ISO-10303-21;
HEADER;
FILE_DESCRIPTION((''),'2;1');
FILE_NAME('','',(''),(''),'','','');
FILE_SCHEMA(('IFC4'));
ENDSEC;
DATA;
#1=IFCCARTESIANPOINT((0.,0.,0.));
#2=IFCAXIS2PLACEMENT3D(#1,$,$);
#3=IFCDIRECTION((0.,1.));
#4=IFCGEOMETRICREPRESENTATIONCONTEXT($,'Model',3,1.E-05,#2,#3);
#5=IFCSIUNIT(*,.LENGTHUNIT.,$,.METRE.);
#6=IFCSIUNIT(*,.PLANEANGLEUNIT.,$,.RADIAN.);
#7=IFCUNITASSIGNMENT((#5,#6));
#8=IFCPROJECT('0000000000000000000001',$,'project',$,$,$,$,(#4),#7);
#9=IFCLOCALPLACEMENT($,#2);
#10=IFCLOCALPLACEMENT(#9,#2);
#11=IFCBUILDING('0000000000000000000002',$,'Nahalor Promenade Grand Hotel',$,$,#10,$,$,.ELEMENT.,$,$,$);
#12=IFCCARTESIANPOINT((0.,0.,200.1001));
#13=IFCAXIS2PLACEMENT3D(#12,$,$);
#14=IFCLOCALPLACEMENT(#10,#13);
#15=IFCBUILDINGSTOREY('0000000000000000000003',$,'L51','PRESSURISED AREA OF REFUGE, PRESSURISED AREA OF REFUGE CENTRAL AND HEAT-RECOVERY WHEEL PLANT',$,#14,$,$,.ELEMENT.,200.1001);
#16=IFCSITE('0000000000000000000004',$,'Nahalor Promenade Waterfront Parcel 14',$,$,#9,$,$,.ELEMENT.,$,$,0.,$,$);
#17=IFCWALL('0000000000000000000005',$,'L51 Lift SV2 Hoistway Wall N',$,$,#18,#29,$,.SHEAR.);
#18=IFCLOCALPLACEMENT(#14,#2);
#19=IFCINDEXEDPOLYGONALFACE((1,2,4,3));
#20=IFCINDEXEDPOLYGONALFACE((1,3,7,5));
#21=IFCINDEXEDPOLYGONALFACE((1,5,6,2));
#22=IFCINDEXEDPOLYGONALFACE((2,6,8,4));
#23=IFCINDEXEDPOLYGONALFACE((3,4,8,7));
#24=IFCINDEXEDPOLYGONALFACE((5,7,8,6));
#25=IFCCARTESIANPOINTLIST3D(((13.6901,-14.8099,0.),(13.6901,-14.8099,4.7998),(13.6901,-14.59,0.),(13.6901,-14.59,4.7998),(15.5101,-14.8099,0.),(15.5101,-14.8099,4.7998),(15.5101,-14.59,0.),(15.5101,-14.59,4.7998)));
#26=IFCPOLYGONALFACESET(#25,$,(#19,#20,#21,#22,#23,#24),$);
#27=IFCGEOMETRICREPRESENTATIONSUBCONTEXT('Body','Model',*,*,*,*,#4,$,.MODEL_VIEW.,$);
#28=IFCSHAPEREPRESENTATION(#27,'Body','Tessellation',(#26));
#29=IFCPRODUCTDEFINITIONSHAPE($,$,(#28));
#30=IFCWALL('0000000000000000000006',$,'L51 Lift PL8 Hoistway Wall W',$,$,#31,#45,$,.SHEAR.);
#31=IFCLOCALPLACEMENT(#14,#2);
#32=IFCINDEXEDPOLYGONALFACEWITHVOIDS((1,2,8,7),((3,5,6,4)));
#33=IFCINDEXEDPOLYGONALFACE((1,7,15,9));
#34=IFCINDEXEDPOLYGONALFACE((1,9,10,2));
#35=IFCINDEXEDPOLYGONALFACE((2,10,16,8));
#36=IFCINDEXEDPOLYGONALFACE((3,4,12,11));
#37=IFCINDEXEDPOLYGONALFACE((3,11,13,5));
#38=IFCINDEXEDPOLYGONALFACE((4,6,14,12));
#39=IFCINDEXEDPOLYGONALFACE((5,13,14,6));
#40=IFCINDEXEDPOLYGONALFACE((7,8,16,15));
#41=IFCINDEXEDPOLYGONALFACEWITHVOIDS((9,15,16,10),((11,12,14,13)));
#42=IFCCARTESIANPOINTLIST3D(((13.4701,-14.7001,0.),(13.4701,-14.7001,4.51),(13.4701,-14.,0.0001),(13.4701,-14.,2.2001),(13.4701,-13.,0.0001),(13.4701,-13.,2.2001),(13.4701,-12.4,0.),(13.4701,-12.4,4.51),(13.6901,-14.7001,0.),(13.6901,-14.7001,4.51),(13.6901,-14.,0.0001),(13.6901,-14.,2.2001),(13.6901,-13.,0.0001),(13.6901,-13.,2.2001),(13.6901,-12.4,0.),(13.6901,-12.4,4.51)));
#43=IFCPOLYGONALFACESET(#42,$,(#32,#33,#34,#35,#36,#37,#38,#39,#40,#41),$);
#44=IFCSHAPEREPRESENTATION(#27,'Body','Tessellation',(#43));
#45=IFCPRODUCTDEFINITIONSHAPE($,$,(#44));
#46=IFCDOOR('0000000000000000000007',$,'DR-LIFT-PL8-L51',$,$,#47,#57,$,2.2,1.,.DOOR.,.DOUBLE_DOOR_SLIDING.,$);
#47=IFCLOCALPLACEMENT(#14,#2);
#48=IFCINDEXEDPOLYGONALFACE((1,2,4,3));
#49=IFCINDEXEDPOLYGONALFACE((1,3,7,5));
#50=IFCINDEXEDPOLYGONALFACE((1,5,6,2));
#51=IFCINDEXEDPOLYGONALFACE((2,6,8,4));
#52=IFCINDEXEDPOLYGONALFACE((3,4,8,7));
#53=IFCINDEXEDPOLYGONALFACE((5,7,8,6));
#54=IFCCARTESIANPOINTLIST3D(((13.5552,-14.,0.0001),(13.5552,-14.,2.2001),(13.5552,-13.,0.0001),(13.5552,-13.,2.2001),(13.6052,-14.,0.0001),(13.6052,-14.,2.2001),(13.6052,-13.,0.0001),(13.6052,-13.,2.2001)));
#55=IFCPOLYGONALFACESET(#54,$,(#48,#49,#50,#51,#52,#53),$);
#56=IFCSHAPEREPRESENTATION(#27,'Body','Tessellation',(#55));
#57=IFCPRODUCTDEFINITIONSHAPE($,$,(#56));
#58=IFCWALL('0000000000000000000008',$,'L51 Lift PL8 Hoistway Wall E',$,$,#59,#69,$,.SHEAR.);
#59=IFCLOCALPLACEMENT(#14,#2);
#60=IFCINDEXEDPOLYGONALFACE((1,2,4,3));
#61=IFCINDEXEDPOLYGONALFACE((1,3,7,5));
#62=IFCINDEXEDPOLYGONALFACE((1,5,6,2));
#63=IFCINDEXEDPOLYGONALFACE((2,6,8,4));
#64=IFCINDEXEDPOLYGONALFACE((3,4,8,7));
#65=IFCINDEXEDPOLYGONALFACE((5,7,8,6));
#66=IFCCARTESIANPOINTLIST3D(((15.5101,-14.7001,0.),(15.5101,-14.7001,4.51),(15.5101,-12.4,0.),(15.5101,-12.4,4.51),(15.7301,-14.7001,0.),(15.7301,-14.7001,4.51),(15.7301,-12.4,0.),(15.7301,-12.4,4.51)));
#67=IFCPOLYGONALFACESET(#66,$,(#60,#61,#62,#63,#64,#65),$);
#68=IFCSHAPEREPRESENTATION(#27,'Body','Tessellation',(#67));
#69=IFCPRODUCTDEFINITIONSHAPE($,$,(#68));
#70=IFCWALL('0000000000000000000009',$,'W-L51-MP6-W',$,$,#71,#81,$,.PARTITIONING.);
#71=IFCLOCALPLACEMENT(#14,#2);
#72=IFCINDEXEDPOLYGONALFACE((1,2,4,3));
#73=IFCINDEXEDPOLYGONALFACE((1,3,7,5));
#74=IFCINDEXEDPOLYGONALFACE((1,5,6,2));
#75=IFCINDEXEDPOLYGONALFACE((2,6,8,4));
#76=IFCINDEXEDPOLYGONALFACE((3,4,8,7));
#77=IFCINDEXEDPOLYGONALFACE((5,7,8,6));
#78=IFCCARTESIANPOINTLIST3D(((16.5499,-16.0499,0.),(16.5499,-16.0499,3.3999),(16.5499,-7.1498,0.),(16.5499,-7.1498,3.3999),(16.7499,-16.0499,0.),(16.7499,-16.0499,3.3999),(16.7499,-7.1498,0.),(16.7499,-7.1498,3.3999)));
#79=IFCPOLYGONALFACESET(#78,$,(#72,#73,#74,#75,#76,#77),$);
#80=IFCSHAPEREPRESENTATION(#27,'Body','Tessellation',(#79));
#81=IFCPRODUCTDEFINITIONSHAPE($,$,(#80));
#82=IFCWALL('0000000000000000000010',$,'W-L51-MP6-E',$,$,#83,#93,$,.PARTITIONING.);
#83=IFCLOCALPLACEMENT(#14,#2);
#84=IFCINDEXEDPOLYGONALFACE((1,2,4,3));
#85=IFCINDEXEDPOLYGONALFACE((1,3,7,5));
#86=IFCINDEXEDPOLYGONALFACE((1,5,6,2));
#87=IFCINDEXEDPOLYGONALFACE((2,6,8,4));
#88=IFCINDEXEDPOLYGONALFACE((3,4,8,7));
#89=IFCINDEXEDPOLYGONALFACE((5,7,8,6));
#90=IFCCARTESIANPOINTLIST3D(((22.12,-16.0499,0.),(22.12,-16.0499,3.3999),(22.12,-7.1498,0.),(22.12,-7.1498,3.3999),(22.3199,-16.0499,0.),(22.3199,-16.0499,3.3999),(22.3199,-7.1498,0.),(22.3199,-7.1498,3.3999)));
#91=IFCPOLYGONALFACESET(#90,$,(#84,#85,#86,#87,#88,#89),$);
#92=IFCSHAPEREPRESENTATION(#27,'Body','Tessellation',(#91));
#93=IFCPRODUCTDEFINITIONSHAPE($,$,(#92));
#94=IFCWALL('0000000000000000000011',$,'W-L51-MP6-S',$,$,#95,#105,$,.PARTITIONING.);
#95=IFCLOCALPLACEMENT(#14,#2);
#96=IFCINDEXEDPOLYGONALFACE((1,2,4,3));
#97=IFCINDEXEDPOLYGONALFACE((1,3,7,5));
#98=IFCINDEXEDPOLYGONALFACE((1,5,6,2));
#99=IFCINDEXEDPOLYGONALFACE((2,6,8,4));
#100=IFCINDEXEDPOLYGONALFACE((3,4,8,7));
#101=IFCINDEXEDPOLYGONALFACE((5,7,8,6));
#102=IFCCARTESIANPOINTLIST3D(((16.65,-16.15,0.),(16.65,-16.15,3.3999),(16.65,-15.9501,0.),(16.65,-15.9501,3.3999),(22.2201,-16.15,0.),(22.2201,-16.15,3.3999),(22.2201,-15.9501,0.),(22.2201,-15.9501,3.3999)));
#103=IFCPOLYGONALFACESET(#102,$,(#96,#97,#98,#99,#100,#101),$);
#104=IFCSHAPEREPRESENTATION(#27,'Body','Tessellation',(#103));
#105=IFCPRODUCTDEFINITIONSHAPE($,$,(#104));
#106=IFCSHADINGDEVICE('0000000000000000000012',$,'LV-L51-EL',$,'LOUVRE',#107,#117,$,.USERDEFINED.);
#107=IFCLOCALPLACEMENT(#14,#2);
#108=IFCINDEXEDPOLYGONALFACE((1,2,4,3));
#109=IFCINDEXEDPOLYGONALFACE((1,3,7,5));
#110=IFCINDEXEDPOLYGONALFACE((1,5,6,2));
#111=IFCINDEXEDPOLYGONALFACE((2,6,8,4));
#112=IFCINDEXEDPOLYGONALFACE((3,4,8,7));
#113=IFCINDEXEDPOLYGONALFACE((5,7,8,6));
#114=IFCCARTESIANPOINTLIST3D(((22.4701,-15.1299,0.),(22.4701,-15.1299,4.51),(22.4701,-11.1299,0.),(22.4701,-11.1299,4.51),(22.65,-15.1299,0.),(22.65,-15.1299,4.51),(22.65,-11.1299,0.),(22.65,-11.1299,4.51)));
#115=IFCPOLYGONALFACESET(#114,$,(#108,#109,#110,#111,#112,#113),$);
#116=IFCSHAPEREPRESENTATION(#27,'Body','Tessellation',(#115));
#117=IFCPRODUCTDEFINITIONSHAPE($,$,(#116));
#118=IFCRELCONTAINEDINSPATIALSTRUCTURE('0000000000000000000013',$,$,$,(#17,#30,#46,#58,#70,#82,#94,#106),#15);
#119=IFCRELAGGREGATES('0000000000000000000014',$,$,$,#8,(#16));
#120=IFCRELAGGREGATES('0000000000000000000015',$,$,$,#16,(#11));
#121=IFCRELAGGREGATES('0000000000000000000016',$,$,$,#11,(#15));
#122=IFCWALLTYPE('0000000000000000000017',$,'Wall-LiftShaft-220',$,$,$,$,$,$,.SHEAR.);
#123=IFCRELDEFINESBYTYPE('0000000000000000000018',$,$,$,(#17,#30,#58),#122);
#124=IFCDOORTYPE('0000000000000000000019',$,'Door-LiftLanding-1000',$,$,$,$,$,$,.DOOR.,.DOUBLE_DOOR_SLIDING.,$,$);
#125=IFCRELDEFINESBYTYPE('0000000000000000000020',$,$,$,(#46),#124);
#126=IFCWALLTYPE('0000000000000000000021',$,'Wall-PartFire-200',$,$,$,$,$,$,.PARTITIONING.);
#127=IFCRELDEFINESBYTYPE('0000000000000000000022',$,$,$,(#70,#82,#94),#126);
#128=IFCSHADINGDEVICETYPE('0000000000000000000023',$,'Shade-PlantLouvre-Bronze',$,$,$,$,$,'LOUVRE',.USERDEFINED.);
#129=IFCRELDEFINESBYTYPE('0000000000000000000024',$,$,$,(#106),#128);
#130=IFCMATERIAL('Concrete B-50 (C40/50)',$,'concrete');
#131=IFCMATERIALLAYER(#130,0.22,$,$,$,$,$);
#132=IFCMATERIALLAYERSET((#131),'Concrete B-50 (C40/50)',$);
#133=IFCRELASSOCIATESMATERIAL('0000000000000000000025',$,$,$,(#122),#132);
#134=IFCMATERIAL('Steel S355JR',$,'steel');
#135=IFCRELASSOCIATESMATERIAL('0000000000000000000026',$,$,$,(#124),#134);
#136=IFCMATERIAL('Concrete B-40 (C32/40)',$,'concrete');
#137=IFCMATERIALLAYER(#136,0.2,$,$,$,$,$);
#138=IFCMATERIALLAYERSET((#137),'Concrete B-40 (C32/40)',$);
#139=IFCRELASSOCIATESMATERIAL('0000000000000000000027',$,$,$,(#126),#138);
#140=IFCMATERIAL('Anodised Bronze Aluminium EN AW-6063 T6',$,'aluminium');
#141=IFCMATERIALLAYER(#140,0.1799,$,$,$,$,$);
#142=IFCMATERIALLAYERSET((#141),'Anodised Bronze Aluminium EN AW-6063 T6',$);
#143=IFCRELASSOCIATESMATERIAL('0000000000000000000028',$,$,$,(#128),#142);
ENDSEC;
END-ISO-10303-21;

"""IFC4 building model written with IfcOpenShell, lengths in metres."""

from ifc_helpers import new_model, si_unit, direction, frame, frame_2d, origin, origin_2d, place, context, subcontext, project, spatial, rectangle, extrude, source, transform, mapped, material, layer, layer_set, type_object, element, fill, save


model = new_model("IFC4")

# Units and contexts
model_context = context("Model", 3, precision=1e-05, world=origin(), true_north=direction((0.0, 1.0)))
body_context = subcontext(model_context, "Body", "Model", "MODEL_VIEW")
ifc_project = project(units=[si_unit("LENGTHUNIT", "METRE"), si_unit("PLANEANGLEUNIT", "RADIAN")], contexts=[model_context])

# Site, building, storey
site_placement = place(None, origin())
site = spatial("IfcSite", under=ifc_project, at=site_placement, Name="Nahalor Promenade Waterfront Parcel 14", CompositionType="ELEMENT", RefElevation=0.0)
building_placement = place(site_placement, origin())
building = spatial("IfcBuilding", under=site, at=building_placement, Name="Nahalor Promenade Grand Hotel", CompositionType="ELEMENT")
storey_placement = place(building_placement, frame((0.0, 0.0, 200.1001)))
storey = spatial("IfcBuildingStorey", under=building, at=storey_placement, Name="L51", Description="PRESSURISED AREA OF REFUGE, PRESSURISED AREA OF REFUGE CENTRAL AND HEAT-RECOVERY WHEEL PLANT", CompositionType="ELEMENT", Elevation=200.1001)

# Shared definitions
ifc_material_1 = material(Name="Steel S355JR", Category="steel")

# Shared definitions
ifc_material_2 = material(Name="Anodised Bronze Aluminium EN AW-6063 T6", Category="aluminium")

# Shared definitions
ifc_material_3 = material(Name="Concrete B-50 (C40/50)", Category="concrete")
ifc_layer_1 = layer(ifc_material_3, 0.22)
ifc_layer_set_1 = layer_set([ifc_layer_1], Name="Concrete B-50 (C40/50)")
wall_type_1 = type_object("IfcWallType", Name="Wall-LiftShaft-220", PredefinedType="SHEAR", material=ifc_layer_set_1)
door_type_1 = type_object("IfcDoorType", Name="Door-LiftLanding-1000", OperationType="DOUBLE_DOOR_SLIDING", PredefinedType="DOOR", material=ifc_material_1)
shared_shape_1 = source(origin(), body_context, "Body", "SweptSolid", [
    extrude(rectangle(XDim=1.0, YDim=2.2, at=frame_2d((0.5, 1.1001))), frame((0.0, 0.0249, 0.0), z_axis=(0.0, -1.0, 0.0), x_axis=(1.0, 0.0, 0.0)), (0.0, 0.0, 1.0), 0.05),
])

# Wall
shared_shape_2 = source(origin(), body_context, "Body", "SweptSolid", [
    extrude(rectangle(XDim=1.8201, YDim=0.22, at=frame_2d((0.9102, 0.0))), origin(), (0.0, 0.0, 1.0), 4.7998),
])
for number, where, z_axis, x_axis, name in (
    (1, (13.6899, -14.7, 0.0), (0.0, 0.0, 1.0), (1.0, 0.0, 0.0), "L51 Lift SV2 Hoistway Wall N"),
):
    element("IfcWall", number, at=place(storey_placement, frame(where, z_axis=z_axis, x_axis=x_axis)), inside=storey, type_object=wall_type_1, Name=name, PredefinedType="SHEAR", context=body_context, shape_type="MappedRepresentation", body=[
        mapped(shared_shape_2, transform((0.0, 0.0, 0.0), scale=1.0)),
    ])

# Wall, opening, door
shared_shape_3 = source(origin(), body_context, "Body", "SweptSolid", [
    extrude(rectangle(XDim=2.3, YDim=0.22, at=frame_2d((1.1499, 0.0))), origin(), (0.0, 0.0, 1.0), 4.51),
])
wall_1_placement = place(storey_placement, frame((13.5801, -14.7, 0.0), z_axis=(0.0, 0.0, 1.0), x_axis=(0.0, 1.0, 0.0)))
wall_1 = element("IfcWall", 2, at=wall_1_placement, inside=storey, type_object=wall_type_1, Name="L51 Lift PL8 Hoistway Wall W", PredefinedType="SHEAR", context=body_context, shape_type="MappedRepresentation", body=[
    mapped(shared_shape_3, transform((0.0, 0.0, 0.0), scale=1.0)),
])
opening_1_placement = place(wall_1_placement, frame((0.7, 0.0, 0.0)))
opening_1 = element("IfcOpeningElement", 3, at=opening_1_placement, cuts=wall_1, PredefinedType="OPENING", context=body_context, shape_type="SweptSolid", body=[
    extrude(rectangle(XDim=1.0, YDim=2.2, at=frame_2d((0.5, 1.1001))), frame((0.0, 0.1199, 0.0), z_axis=(0.0, -1.0, 0.0), x_axis=(1.0, 0.0, 0.0)), (0.0, 0.0, 1.0), 0.24),
])
door_1_placement = place(opening_1_placement, origin())
door_1 = element("IfcDoor", 4, at=door_1_placement, inside=storey, type_object=door_type_1, Name="DR-LIFT-PL8-L51", OperationType="DOUBLE_DOOR_SLIDING", OverallHeight=2.2, OverallWidth=1.0, PredefinedType="DOOR", context=body_context, shape_type="MappedRepresentation", body=[
    mapped(shared_shape_1, transform((0.0, 0.0, 0.0), scale=1.0)),
])
fill(opening_1, door_1)

# Walls
wall_2_placement = place(storey_placement, frame((15.6201, -14.7, 0.0), z_axis=(0.0, 0.0, 1.0), x_axis=(0.0, 1.0, 0.0)))
element("IfcWall", 5, at=wall_2_placement, inside=storey, type_object=wall_type_1, Name="L51 Lift PL8 Hoistway Wall E", PredefinedType="SHEAR", context=body_context, shape_type="MappedRepresentation", body=[
    mapped(shared_shape_3, transform((0.0, 0.0, 0.0), scale=1.0)),
])
ifc_material_4 = material(Name="Concrete B-40 (C32/40)", Category="concrete")
ifc_layer_2 = layer(ifc_material_4, 0.2)
ifc_layer_set_2 = layer_set([ifc_layer_2], Name="Concrete B-40 (C32/40)")
wall_type_2 = type_object("IfcWallType", Name="Wall-PartFire-200", PredefinedType="PARTITIONING", material=ifc_layer_set_2)
shared_shape_4 = source(origin(), body_context, "Body", "SweptSolid", [
    extrude(rectangle(XDim=8.9001, YDim=0.2, at=frame_2d((4.4502, 0.0))), origin(), (0.0, 0.0, 1.0), 3.3999),
])
for number, where, z_axis, x_axis, name in (
    (6, (16.6499, -16.05, 0.0), (0.0, 0.0, 1.0), (0.0, 1.0, 0.0), "W-L51-MP6-W"),
    (7, (22.22, -16.05, 0.0), (0.0, 0.0, 1.0), (0.0, 1.0, 0.0), "W-L51-MP6-E"),
):
    element("IfcWall", number, at=place(storey_placement, frame(where, z_axis=z_axis, x_axis=x_axis)), inside=storey, type_object=wall_type_2, Name=name, PredefinedType="PARTITIONING", context=body_context, shape_type="MappedRepresentation", body=[
        mapped(shared_shape_4, transform((0.0, 0.0, 0.0), scale=1.0)),
    ])
shared_shape_5 = source(origin(), body_context, "Body", "SweptSolid", [
    extrude(rectangle(XDim=5.5701, YDim=0.2, at=frame_2d((2.7852, 0.0))), origin(), (0.0, 0.0, 1.0), 3.3999),
])
wall_3_placement = place(storey_placement, frame((16.6499, -16.05, 0.0), z_axis=(0.0, 0.0, 1.0), x_axis=(1.0, 0.0, 0.0)))
element("IfcWall", 8, at=wall_3_placement, inside=storey, type_object=wall_type_2, Name="W-L51-MP6-S", PredefinedType="PARTITIONING", context=body_context, shape_type="MappedRepresentation", body=[
    mapped(shared_shape_5, transform((0.0, 0.0, 0.0), scale=1.0)),
])

# Shading device
ifc_layer_3 = layer(ifc_material_2, 0.1799)
ifc_layer_set_3 = layer_set([ifc_layer_3], Name="Anodised Bronze Aluminium EN AW-6063 T6")
shading_device_type = type_object("IfcShadingDeviceType", Name="Shade-PlantLouvre-Bronze", ElementType="LOUVRE", PredefinedType="USERDEFINED", material=ifc_layer_set_3)
shared_shape_6 = source(origin(), body_context, "Body", "SweptSolid", [
    extrude(rectangle(XDim=4.0, YDim=0.1799, at=origin_2d()), origin(), (0.0, 0.0, 1.0), 4.51),
])
shading_device_placement = place(storey_placement, frame((22.5601, -13.1299, 0.0), z_axis=(0.0, 0.0, 1.0), x_axis=(0.0, 1.0, 0.0)))
element("IfcShadingDevice", 9, at=shading_device_placement, inside=storey, type_object=shading_device_type, Name="LV-L51-EL", ObjectType="LOUVRE", PredefinedType="USERDEFINED", context=body_context, shape_type="MappedRepresentation", body=[
    mapped(shared_shape_6, transform((0.0, 0.0, 0.0), scale=1.0)),
])

save(model, "model.ifc")
